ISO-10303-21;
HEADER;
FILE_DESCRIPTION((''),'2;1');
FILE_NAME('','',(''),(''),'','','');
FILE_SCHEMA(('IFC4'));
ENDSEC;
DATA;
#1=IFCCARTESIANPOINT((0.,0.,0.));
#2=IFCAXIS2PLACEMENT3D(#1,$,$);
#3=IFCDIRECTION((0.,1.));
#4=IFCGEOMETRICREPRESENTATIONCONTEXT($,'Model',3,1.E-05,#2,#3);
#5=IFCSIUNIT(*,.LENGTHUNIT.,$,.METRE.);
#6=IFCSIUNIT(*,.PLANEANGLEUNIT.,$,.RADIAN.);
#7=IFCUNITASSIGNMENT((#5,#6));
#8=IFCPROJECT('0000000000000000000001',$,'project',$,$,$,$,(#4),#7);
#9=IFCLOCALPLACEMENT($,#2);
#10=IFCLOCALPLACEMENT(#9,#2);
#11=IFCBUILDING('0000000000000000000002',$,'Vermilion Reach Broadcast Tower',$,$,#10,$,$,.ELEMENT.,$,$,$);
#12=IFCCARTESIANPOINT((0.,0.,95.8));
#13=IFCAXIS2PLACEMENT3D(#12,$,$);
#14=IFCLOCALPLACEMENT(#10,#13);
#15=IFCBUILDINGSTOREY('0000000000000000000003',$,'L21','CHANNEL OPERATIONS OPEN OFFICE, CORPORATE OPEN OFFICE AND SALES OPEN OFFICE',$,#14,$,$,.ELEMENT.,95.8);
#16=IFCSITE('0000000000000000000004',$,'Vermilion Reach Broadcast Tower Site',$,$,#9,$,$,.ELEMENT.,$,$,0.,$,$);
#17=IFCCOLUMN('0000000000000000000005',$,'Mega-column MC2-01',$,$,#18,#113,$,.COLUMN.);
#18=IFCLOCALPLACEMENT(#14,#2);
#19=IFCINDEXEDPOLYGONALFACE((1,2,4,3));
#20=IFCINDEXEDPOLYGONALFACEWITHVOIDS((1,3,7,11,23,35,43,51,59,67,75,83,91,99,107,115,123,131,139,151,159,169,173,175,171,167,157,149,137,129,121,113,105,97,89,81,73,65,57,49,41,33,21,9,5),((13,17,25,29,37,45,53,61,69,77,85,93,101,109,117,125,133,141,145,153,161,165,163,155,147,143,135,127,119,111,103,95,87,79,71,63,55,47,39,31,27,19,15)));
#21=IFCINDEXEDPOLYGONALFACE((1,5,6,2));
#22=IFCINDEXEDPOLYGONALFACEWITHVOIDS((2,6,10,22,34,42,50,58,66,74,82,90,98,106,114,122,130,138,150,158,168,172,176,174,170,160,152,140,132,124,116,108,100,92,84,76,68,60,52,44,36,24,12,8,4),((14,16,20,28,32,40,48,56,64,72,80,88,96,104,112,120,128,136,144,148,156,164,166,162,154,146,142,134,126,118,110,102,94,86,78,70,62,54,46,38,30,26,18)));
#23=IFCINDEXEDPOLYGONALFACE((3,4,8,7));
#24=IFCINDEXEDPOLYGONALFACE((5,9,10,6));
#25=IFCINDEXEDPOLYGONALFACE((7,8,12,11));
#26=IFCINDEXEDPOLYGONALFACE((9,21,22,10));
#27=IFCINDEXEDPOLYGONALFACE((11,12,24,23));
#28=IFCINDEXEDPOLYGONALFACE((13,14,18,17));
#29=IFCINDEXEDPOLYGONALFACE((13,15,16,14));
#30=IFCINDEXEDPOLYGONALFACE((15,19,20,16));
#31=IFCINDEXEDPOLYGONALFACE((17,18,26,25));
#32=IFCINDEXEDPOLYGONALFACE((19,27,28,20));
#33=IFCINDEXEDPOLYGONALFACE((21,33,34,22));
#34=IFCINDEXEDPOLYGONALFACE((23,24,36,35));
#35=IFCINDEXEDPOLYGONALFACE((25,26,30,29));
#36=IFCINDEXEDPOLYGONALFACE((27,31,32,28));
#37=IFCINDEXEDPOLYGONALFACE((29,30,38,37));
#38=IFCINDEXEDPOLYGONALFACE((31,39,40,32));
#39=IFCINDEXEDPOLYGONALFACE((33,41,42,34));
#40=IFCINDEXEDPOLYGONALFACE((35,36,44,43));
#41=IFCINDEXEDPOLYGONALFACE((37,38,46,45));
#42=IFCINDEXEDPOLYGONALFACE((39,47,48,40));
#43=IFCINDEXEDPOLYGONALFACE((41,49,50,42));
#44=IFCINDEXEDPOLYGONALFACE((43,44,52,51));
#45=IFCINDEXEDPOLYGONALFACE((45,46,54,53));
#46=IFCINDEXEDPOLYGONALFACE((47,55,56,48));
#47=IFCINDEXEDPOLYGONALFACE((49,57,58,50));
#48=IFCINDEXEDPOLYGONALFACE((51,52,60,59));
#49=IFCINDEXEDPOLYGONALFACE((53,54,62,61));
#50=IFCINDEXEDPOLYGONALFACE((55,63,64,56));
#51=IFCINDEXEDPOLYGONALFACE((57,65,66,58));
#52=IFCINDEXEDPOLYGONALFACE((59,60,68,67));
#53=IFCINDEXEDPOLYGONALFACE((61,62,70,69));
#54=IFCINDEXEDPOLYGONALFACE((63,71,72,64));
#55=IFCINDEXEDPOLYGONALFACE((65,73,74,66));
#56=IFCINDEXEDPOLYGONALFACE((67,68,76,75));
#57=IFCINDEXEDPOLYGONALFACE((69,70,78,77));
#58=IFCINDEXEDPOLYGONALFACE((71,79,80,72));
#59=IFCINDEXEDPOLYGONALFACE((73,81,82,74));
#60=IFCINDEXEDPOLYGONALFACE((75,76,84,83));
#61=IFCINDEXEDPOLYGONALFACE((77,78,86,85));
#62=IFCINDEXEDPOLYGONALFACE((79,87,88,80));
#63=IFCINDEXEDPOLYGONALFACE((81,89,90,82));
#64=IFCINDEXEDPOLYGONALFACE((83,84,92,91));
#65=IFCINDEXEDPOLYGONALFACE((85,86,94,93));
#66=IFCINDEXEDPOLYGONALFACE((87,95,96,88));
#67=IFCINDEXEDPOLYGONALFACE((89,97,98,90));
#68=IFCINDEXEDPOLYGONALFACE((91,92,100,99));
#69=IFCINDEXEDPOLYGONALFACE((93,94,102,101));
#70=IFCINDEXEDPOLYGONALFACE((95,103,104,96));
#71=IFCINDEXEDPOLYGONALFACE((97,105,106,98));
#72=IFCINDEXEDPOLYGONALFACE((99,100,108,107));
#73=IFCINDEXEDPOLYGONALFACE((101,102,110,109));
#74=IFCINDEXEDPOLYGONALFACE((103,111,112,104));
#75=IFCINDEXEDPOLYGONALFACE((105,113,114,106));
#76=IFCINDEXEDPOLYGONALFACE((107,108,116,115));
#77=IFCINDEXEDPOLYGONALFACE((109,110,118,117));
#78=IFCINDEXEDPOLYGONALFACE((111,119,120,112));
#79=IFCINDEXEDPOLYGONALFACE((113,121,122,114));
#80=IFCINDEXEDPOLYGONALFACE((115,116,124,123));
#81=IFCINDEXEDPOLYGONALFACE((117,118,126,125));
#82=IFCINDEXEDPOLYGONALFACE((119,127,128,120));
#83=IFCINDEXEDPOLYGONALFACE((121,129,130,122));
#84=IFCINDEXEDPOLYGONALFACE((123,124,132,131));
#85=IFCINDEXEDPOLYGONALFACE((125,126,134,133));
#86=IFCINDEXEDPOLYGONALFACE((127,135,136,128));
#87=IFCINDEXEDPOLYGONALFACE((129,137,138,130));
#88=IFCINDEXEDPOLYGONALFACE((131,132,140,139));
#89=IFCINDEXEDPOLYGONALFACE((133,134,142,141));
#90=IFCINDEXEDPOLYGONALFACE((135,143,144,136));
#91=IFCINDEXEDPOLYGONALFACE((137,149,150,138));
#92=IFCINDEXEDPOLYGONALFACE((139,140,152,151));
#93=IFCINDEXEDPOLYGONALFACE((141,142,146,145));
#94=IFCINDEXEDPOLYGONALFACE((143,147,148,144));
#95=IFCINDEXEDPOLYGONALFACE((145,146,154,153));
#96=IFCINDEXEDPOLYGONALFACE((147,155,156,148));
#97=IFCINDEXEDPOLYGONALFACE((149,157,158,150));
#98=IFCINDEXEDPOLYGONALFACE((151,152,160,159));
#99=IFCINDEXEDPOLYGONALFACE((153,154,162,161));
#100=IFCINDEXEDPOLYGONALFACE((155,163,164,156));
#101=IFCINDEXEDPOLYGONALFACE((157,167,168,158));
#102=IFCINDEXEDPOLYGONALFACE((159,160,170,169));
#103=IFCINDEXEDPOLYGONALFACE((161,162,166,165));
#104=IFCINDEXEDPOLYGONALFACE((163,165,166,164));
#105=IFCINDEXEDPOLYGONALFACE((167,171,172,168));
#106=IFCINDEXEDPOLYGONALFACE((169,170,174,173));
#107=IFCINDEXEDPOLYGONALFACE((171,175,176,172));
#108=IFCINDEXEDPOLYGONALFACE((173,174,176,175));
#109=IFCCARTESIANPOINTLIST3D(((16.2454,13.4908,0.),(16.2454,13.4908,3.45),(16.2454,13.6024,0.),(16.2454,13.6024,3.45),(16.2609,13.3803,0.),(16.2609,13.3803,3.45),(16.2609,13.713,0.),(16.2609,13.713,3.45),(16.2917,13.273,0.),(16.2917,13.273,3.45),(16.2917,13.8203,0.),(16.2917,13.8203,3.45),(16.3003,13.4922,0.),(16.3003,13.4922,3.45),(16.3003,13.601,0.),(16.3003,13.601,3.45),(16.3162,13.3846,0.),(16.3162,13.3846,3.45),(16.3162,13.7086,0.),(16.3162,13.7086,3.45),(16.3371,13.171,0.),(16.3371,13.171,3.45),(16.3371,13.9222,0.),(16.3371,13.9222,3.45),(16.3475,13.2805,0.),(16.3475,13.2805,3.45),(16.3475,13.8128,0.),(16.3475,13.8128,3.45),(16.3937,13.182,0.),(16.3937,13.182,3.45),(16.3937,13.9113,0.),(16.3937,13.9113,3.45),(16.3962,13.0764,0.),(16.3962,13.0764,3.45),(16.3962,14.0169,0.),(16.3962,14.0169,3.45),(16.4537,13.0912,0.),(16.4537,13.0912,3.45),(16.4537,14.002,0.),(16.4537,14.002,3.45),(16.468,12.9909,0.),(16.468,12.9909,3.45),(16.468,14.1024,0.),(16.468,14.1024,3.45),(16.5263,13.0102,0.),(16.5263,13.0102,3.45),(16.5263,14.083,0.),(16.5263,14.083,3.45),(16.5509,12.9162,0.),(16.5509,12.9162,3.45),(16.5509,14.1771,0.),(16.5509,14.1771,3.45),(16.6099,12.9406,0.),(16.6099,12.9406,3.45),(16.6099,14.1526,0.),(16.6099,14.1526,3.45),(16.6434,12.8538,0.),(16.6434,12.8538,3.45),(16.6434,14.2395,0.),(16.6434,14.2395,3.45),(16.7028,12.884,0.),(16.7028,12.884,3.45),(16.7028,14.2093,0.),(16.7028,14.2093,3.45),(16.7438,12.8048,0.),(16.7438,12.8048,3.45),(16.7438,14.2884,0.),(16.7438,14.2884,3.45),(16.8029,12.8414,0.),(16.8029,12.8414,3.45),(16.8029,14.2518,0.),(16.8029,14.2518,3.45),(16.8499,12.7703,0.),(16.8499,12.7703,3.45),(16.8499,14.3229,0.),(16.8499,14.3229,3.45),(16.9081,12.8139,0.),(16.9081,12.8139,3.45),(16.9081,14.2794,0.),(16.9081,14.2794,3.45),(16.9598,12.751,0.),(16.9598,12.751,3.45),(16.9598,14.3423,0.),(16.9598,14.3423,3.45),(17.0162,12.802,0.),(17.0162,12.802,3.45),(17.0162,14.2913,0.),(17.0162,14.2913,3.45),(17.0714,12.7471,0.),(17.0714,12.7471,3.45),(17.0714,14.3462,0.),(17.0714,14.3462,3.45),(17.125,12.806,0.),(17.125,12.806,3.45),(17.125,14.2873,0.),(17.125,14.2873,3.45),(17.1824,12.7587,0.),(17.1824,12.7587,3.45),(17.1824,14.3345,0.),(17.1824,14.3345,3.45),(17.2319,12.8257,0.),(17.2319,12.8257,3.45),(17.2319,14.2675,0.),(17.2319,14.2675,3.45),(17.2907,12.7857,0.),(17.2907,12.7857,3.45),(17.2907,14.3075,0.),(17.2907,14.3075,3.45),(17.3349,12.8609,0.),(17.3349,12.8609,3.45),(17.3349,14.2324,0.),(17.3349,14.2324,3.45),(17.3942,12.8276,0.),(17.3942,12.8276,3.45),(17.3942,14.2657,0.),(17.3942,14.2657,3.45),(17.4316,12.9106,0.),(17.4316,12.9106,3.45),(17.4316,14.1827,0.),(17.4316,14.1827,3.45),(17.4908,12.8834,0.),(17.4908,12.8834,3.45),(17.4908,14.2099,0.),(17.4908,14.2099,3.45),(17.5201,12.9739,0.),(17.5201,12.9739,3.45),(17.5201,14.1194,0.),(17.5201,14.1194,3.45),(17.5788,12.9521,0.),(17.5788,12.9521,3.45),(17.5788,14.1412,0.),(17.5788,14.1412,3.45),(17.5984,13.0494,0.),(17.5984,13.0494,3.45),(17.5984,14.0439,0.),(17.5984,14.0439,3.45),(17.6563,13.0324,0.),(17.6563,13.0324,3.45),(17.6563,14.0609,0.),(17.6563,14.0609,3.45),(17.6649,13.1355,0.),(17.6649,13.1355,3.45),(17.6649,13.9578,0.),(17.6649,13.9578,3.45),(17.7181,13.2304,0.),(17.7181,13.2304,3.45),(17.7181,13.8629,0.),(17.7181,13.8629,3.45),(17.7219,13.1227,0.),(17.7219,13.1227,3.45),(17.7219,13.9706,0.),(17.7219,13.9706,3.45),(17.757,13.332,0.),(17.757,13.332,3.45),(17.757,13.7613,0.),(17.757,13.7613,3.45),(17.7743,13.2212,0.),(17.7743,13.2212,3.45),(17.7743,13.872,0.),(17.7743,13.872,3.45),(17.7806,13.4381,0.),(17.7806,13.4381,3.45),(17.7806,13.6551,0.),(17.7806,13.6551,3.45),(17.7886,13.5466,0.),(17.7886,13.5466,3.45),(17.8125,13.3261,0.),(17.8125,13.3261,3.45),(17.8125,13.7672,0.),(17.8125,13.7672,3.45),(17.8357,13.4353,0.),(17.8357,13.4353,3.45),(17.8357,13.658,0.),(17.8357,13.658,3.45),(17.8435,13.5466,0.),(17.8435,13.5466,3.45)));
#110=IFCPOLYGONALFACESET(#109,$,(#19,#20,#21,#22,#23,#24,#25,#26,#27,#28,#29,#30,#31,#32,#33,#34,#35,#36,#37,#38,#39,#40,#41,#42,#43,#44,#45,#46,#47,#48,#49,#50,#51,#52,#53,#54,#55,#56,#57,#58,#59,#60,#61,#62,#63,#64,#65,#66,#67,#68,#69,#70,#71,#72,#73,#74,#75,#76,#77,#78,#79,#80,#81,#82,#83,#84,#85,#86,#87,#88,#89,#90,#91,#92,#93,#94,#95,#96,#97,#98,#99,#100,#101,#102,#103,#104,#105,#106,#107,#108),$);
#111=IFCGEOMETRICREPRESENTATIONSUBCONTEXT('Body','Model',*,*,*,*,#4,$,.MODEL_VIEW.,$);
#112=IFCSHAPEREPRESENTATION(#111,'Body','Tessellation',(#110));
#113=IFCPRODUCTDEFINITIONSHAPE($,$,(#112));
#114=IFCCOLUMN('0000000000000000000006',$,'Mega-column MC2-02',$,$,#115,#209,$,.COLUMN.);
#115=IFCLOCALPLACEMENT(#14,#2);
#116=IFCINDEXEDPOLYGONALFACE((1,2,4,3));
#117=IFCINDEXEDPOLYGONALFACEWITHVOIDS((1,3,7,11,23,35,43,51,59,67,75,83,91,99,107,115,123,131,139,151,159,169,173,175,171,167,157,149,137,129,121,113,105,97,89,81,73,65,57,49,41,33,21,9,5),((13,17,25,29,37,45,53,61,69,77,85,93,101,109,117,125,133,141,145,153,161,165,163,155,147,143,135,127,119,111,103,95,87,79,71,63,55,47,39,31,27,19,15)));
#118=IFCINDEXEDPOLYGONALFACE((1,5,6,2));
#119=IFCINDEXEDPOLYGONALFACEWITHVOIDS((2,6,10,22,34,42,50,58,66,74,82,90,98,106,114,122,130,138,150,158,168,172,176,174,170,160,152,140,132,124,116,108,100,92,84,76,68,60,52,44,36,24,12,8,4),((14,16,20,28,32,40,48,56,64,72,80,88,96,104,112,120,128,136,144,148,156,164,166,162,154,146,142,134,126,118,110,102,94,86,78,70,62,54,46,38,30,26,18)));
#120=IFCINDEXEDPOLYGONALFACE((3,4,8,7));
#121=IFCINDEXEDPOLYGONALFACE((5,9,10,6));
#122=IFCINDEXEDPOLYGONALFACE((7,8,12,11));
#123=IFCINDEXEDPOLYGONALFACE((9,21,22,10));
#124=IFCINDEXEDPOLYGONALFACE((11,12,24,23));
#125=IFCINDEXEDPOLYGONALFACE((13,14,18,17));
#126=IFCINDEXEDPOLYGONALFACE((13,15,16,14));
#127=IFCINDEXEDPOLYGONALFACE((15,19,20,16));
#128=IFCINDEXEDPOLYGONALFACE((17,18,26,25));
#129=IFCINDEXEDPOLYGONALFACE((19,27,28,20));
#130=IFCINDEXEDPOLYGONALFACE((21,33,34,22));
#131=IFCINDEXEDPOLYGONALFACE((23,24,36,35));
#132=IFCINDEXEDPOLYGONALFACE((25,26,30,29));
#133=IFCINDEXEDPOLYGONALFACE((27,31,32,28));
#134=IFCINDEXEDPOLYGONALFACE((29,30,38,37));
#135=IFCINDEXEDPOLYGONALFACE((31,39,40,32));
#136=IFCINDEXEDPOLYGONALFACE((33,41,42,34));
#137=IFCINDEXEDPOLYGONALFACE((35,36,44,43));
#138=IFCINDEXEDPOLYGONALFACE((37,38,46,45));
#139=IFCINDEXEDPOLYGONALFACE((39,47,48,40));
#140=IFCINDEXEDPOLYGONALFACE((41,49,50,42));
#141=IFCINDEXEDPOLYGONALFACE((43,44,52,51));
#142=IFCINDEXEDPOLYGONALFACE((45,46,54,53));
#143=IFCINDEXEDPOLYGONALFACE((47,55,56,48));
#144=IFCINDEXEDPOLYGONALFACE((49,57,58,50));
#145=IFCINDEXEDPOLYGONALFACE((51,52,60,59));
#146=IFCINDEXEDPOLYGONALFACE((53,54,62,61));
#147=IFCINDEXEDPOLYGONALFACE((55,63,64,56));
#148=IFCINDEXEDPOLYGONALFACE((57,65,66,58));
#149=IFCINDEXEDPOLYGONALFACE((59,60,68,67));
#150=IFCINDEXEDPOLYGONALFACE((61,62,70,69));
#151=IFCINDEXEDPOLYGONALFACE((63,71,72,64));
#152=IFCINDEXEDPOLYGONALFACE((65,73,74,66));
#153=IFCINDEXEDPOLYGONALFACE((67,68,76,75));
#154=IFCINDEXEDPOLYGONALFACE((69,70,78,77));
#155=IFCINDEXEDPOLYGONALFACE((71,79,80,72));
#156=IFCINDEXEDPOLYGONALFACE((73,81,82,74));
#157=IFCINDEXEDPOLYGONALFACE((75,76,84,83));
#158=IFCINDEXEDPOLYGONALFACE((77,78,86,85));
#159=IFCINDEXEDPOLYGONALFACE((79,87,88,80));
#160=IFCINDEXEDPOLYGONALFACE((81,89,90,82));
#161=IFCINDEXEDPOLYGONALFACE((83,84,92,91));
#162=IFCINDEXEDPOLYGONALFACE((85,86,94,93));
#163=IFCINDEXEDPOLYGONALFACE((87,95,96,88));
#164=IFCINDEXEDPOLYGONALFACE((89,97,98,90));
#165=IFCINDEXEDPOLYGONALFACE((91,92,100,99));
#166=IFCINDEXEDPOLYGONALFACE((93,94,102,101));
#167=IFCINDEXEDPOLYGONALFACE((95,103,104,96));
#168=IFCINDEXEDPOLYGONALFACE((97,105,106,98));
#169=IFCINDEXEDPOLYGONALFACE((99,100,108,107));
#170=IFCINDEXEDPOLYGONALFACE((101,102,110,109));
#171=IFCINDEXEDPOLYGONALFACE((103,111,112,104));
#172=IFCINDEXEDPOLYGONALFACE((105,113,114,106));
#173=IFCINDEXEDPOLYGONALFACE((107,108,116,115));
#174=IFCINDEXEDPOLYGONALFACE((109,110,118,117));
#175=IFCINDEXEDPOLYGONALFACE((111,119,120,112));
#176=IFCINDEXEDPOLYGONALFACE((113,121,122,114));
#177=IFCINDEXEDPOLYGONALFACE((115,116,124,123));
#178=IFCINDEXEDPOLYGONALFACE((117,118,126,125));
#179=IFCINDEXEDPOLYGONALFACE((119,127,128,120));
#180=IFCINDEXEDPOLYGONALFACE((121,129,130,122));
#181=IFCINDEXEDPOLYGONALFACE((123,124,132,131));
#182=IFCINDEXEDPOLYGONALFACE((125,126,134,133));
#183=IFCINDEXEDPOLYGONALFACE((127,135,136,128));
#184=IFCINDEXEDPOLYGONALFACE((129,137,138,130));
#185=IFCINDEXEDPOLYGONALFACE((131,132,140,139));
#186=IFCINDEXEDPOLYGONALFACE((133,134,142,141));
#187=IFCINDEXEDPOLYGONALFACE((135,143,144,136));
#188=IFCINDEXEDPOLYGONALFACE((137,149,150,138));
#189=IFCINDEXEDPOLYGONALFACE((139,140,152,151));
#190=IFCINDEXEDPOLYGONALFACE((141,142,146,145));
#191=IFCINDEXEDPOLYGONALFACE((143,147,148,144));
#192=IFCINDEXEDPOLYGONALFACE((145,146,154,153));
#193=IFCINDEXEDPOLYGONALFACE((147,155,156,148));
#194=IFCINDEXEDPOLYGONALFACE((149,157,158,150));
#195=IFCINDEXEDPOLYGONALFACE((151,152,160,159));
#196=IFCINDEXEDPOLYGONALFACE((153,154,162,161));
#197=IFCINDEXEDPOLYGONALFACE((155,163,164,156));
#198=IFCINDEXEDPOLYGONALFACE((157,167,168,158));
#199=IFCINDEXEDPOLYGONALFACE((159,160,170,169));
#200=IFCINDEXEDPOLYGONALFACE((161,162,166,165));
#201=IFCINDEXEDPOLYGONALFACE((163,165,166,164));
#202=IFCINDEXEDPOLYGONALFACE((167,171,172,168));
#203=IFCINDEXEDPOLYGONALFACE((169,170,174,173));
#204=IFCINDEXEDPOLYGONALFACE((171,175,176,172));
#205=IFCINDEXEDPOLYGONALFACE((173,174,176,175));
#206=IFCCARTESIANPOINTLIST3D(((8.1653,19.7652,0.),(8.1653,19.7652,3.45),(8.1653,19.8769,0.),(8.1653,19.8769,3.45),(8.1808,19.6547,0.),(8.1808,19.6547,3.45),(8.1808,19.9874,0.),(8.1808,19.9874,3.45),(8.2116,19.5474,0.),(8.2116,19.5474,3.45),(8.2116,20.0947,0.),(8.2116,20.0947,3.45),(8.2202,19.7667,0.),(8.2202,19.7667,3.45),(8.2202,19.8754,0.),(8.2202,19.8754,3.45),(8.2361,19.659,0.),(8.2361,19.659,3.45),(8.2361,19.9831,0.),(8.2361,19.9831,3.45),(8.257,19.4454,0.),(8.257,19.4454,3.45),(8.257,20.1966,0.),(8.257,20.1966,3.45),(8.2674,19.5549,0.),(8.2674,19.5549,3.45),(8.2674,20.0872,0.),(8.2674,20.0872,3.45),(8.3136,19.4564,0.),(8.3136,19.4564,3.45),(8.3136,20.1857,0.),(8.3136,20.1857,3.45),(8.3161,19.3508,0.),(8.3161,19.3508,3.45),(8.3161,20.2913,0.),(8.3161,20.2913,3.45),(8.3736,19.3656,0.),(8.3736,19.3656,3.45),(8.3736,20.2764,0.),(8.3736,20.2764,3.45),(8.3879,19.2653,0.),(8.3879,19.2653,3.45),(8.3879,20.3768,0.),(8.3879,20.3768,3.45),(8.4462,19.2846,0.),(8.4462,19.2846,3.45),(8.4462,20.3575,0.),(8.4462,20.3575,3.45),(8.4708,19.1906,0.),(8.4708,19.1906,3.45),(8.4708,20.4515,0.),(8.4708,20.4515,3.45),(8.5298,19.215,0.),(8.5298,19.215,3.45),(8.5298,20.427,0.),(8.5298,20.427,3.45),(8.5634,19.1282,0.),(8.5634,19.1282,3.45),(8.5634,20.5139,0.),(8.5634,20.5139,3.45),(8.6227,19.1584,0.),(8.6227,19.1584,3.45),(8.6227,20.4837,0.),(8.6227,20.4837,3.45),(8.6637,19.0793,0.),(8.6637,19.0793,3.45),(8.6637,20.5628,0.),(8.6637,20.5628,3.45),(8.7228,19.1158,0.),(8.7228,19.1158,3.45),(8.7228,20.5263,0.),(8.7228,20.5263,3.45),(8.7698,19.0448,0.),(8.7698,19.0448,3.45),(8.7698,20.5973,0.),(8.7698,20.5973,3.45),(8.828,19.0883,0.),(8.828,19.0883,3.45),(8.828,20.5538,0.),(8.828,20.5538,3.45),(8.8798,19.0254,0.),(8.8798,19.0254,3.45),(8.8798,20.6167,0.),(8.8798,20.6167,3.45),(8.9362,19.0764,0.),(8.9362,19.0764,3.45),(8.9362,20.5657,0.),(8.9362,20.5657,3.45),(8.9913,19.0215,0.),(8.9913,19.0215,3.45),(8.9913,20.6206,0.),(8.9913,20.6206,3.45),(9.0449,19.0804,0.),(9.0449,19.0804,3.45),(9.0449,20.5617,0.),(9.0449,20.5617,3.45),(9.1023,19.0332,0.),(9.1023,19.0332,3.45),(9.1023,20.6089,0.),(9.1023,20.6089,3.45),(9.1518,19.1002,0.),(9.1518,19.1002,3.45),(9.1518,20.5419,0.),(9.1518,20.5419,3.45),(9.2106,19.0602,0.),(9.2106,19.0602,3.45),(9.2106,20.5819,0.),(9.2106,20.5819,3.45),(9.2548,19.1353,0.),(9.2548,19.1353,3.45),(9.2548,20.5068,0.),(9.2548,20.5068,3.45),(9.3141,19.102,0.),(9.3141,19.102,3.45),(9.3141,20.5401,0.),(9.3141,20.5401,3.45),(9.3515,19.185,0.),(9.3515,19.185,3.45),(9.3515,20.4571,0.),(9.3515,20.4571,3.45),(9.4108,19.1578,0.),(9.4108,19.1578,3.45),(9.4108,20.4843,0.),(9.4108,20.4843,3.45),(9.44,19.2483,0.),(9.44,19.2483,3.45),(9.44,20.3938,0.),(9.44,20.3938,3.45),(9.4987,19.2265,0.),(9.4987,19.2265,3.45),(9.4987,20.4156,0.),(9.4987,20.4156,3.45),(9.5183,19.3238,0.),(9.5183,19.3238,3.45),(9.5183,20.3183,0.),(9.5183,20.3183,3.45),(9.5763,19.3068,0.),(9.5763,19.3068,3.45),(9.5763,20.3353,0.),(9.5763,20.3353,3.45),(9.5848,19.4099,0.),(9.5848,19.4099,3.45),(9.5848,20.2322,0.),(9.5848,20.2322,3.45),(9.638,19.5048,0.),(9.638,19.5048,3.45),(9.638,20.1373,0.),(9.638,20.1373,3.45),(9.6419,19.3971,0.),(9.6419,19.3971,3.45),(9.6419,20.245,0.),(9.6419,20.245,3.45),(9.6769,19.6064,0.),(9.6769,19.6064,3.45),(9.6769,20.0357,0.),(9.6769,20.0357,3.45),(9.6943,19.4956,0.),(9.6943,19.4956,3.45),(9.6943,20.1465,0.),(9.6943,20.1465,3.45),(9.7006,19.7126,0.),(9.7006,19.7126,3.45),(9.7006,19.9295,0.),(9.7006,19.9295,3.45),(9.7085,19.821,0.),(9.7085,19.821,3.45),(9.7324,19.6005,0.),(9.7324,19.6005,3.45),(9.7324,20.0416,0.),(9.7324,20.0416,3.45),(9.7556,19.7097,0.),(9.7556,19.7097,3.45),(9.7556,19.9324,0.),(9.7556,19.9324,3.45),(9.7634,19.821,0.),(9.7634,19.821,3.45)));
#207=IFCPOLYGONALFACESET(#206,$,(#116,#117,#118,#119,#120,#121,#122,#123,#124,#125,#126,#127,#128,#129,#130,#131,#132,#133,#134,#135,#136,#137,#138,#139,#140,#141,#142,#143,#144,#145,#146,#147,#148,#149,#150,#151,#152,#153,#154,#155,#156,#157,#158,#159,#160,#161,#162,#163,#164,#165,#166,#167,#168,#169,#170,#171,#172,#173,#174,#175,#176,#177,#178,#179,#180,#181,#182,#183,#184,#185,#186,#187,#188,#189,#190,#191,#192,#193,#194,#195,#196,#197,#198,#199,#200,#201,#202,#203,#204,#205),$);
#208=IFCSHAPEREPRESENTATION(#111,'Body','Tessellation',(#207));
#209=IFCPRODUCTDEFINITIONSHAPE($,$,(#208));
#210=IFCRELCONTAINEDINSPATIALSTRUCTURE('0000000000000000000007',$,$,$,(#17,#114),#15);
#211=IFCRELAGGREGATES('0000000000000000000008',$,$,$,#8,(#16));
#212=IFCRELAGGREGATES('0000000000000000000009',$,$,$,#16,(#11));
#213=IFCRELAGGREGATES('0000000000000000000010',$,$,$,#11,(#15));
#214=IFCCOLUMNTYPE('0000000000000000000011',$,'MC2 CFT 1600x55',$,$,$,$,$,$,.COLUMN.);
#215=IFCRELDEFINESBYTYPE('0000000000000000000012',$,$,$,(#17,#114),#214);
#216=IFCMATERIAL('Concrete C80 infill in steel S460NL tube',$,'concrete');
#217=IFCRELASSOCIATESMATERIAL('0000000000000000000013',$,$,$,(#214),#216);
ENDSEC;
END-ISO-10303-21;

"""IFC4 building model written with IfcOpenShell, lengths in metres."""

from ifc_helpers import new_model, si_unit, direction, frame, origin, origin_2d, place, context, subcontext, project, spatial, hollow_circle, extrude, material, material_profile, profile_set, type_object, element, save


model = new_model("IFC4")

# Units and contexts
model_context = context("Model", 3, precision=1e-05, world=origin(), true_north=direction((0.0, 1.0)))
body_context = subcontext(model_context, "Body", "Model", "MODEL_VIEW")
ifc_project = project(units=[si_unit("LENGTHUNIT", "METRE"), si_unit("PLANEANGLEUNIT", "RADIAN")], contexts=[model_context])

# Site, building, storey
site_placement = place(None, origin())
site = spatial("IfcSite", under=ifc_project, at=site_placement, Name="Vermilion Reach Broadcast Tower Site", CompositionType="ELEMENT", RefElevation=0.0)
building_placement = place(site_placement, origin())
building = spatial("IfcBuilding", under=site, at=building_placement, Name="Vermilion Reach Broadcast Tower", CompositionType="ELEMENT")
storey_placement = place(building_placement, frame((0.0, 0.0, 95.8)))
storey = spatial("IfcBuildingStorey", under=building, at=storey_placement, Name="L21", Description="CHANNEL OPERATIONS OPEN OFFICE, CORPORATE OPEN OFFICE AND SALES OPEN OFFICE", CompositionType="ELEMENT", Elevation=95.8)

# Columns
ifc_material_1 = material(Name="Concrete C80 infill in steel S460NL tube", Category="concrete")
ifc_material_profile_1 = material_profile(ifc_material_1, hollow_circle(Radius=0.8, WallThickness=0.0549, at=origin_2d()), Name="Concrete C80 infill in steel S460NL tube CFT 1600x55")
ifc_profile_set_1 = profile_set([ifc_material_profile_1], Name="Concrete C80 infill in steel S460NL tube")
column_type = type_object("IfcColumnType", Name="MC2 CFT 1600x55", PredefinedType="COLUMN", material=ifc_profile_set_1)
for number, where, z_axis, x_axis, name in (
    (1, (17.0435, 13.5466, 0.0), (0.0, 0.0, 1.0), (1.0, 0.0, 0.0), "Mega-column MC2-01"),
    (2, (8.9634, 19.821, 0.0), (0.0, 0.0, 1.0), (1.0, 0.0, 0.0), "Mega-column MC2-02"),
):
    element("IfcColumn", number, at=place(storey_placement, frame(where, z_axis=z_axis, x_axis=x_axis)), inside=storey, type_object=column_type, Name=name, PredefinedType="COLUMN", context=body_context, shape_type="SweptSolid", body=[
        extrude(hollow_circle(Radius=0.8, WallThickness=0.0549, at=origin_2d()), origin(), (0.0, 0.0, 1.0), 3.45),
    ])

save(model, "model.ifc")
